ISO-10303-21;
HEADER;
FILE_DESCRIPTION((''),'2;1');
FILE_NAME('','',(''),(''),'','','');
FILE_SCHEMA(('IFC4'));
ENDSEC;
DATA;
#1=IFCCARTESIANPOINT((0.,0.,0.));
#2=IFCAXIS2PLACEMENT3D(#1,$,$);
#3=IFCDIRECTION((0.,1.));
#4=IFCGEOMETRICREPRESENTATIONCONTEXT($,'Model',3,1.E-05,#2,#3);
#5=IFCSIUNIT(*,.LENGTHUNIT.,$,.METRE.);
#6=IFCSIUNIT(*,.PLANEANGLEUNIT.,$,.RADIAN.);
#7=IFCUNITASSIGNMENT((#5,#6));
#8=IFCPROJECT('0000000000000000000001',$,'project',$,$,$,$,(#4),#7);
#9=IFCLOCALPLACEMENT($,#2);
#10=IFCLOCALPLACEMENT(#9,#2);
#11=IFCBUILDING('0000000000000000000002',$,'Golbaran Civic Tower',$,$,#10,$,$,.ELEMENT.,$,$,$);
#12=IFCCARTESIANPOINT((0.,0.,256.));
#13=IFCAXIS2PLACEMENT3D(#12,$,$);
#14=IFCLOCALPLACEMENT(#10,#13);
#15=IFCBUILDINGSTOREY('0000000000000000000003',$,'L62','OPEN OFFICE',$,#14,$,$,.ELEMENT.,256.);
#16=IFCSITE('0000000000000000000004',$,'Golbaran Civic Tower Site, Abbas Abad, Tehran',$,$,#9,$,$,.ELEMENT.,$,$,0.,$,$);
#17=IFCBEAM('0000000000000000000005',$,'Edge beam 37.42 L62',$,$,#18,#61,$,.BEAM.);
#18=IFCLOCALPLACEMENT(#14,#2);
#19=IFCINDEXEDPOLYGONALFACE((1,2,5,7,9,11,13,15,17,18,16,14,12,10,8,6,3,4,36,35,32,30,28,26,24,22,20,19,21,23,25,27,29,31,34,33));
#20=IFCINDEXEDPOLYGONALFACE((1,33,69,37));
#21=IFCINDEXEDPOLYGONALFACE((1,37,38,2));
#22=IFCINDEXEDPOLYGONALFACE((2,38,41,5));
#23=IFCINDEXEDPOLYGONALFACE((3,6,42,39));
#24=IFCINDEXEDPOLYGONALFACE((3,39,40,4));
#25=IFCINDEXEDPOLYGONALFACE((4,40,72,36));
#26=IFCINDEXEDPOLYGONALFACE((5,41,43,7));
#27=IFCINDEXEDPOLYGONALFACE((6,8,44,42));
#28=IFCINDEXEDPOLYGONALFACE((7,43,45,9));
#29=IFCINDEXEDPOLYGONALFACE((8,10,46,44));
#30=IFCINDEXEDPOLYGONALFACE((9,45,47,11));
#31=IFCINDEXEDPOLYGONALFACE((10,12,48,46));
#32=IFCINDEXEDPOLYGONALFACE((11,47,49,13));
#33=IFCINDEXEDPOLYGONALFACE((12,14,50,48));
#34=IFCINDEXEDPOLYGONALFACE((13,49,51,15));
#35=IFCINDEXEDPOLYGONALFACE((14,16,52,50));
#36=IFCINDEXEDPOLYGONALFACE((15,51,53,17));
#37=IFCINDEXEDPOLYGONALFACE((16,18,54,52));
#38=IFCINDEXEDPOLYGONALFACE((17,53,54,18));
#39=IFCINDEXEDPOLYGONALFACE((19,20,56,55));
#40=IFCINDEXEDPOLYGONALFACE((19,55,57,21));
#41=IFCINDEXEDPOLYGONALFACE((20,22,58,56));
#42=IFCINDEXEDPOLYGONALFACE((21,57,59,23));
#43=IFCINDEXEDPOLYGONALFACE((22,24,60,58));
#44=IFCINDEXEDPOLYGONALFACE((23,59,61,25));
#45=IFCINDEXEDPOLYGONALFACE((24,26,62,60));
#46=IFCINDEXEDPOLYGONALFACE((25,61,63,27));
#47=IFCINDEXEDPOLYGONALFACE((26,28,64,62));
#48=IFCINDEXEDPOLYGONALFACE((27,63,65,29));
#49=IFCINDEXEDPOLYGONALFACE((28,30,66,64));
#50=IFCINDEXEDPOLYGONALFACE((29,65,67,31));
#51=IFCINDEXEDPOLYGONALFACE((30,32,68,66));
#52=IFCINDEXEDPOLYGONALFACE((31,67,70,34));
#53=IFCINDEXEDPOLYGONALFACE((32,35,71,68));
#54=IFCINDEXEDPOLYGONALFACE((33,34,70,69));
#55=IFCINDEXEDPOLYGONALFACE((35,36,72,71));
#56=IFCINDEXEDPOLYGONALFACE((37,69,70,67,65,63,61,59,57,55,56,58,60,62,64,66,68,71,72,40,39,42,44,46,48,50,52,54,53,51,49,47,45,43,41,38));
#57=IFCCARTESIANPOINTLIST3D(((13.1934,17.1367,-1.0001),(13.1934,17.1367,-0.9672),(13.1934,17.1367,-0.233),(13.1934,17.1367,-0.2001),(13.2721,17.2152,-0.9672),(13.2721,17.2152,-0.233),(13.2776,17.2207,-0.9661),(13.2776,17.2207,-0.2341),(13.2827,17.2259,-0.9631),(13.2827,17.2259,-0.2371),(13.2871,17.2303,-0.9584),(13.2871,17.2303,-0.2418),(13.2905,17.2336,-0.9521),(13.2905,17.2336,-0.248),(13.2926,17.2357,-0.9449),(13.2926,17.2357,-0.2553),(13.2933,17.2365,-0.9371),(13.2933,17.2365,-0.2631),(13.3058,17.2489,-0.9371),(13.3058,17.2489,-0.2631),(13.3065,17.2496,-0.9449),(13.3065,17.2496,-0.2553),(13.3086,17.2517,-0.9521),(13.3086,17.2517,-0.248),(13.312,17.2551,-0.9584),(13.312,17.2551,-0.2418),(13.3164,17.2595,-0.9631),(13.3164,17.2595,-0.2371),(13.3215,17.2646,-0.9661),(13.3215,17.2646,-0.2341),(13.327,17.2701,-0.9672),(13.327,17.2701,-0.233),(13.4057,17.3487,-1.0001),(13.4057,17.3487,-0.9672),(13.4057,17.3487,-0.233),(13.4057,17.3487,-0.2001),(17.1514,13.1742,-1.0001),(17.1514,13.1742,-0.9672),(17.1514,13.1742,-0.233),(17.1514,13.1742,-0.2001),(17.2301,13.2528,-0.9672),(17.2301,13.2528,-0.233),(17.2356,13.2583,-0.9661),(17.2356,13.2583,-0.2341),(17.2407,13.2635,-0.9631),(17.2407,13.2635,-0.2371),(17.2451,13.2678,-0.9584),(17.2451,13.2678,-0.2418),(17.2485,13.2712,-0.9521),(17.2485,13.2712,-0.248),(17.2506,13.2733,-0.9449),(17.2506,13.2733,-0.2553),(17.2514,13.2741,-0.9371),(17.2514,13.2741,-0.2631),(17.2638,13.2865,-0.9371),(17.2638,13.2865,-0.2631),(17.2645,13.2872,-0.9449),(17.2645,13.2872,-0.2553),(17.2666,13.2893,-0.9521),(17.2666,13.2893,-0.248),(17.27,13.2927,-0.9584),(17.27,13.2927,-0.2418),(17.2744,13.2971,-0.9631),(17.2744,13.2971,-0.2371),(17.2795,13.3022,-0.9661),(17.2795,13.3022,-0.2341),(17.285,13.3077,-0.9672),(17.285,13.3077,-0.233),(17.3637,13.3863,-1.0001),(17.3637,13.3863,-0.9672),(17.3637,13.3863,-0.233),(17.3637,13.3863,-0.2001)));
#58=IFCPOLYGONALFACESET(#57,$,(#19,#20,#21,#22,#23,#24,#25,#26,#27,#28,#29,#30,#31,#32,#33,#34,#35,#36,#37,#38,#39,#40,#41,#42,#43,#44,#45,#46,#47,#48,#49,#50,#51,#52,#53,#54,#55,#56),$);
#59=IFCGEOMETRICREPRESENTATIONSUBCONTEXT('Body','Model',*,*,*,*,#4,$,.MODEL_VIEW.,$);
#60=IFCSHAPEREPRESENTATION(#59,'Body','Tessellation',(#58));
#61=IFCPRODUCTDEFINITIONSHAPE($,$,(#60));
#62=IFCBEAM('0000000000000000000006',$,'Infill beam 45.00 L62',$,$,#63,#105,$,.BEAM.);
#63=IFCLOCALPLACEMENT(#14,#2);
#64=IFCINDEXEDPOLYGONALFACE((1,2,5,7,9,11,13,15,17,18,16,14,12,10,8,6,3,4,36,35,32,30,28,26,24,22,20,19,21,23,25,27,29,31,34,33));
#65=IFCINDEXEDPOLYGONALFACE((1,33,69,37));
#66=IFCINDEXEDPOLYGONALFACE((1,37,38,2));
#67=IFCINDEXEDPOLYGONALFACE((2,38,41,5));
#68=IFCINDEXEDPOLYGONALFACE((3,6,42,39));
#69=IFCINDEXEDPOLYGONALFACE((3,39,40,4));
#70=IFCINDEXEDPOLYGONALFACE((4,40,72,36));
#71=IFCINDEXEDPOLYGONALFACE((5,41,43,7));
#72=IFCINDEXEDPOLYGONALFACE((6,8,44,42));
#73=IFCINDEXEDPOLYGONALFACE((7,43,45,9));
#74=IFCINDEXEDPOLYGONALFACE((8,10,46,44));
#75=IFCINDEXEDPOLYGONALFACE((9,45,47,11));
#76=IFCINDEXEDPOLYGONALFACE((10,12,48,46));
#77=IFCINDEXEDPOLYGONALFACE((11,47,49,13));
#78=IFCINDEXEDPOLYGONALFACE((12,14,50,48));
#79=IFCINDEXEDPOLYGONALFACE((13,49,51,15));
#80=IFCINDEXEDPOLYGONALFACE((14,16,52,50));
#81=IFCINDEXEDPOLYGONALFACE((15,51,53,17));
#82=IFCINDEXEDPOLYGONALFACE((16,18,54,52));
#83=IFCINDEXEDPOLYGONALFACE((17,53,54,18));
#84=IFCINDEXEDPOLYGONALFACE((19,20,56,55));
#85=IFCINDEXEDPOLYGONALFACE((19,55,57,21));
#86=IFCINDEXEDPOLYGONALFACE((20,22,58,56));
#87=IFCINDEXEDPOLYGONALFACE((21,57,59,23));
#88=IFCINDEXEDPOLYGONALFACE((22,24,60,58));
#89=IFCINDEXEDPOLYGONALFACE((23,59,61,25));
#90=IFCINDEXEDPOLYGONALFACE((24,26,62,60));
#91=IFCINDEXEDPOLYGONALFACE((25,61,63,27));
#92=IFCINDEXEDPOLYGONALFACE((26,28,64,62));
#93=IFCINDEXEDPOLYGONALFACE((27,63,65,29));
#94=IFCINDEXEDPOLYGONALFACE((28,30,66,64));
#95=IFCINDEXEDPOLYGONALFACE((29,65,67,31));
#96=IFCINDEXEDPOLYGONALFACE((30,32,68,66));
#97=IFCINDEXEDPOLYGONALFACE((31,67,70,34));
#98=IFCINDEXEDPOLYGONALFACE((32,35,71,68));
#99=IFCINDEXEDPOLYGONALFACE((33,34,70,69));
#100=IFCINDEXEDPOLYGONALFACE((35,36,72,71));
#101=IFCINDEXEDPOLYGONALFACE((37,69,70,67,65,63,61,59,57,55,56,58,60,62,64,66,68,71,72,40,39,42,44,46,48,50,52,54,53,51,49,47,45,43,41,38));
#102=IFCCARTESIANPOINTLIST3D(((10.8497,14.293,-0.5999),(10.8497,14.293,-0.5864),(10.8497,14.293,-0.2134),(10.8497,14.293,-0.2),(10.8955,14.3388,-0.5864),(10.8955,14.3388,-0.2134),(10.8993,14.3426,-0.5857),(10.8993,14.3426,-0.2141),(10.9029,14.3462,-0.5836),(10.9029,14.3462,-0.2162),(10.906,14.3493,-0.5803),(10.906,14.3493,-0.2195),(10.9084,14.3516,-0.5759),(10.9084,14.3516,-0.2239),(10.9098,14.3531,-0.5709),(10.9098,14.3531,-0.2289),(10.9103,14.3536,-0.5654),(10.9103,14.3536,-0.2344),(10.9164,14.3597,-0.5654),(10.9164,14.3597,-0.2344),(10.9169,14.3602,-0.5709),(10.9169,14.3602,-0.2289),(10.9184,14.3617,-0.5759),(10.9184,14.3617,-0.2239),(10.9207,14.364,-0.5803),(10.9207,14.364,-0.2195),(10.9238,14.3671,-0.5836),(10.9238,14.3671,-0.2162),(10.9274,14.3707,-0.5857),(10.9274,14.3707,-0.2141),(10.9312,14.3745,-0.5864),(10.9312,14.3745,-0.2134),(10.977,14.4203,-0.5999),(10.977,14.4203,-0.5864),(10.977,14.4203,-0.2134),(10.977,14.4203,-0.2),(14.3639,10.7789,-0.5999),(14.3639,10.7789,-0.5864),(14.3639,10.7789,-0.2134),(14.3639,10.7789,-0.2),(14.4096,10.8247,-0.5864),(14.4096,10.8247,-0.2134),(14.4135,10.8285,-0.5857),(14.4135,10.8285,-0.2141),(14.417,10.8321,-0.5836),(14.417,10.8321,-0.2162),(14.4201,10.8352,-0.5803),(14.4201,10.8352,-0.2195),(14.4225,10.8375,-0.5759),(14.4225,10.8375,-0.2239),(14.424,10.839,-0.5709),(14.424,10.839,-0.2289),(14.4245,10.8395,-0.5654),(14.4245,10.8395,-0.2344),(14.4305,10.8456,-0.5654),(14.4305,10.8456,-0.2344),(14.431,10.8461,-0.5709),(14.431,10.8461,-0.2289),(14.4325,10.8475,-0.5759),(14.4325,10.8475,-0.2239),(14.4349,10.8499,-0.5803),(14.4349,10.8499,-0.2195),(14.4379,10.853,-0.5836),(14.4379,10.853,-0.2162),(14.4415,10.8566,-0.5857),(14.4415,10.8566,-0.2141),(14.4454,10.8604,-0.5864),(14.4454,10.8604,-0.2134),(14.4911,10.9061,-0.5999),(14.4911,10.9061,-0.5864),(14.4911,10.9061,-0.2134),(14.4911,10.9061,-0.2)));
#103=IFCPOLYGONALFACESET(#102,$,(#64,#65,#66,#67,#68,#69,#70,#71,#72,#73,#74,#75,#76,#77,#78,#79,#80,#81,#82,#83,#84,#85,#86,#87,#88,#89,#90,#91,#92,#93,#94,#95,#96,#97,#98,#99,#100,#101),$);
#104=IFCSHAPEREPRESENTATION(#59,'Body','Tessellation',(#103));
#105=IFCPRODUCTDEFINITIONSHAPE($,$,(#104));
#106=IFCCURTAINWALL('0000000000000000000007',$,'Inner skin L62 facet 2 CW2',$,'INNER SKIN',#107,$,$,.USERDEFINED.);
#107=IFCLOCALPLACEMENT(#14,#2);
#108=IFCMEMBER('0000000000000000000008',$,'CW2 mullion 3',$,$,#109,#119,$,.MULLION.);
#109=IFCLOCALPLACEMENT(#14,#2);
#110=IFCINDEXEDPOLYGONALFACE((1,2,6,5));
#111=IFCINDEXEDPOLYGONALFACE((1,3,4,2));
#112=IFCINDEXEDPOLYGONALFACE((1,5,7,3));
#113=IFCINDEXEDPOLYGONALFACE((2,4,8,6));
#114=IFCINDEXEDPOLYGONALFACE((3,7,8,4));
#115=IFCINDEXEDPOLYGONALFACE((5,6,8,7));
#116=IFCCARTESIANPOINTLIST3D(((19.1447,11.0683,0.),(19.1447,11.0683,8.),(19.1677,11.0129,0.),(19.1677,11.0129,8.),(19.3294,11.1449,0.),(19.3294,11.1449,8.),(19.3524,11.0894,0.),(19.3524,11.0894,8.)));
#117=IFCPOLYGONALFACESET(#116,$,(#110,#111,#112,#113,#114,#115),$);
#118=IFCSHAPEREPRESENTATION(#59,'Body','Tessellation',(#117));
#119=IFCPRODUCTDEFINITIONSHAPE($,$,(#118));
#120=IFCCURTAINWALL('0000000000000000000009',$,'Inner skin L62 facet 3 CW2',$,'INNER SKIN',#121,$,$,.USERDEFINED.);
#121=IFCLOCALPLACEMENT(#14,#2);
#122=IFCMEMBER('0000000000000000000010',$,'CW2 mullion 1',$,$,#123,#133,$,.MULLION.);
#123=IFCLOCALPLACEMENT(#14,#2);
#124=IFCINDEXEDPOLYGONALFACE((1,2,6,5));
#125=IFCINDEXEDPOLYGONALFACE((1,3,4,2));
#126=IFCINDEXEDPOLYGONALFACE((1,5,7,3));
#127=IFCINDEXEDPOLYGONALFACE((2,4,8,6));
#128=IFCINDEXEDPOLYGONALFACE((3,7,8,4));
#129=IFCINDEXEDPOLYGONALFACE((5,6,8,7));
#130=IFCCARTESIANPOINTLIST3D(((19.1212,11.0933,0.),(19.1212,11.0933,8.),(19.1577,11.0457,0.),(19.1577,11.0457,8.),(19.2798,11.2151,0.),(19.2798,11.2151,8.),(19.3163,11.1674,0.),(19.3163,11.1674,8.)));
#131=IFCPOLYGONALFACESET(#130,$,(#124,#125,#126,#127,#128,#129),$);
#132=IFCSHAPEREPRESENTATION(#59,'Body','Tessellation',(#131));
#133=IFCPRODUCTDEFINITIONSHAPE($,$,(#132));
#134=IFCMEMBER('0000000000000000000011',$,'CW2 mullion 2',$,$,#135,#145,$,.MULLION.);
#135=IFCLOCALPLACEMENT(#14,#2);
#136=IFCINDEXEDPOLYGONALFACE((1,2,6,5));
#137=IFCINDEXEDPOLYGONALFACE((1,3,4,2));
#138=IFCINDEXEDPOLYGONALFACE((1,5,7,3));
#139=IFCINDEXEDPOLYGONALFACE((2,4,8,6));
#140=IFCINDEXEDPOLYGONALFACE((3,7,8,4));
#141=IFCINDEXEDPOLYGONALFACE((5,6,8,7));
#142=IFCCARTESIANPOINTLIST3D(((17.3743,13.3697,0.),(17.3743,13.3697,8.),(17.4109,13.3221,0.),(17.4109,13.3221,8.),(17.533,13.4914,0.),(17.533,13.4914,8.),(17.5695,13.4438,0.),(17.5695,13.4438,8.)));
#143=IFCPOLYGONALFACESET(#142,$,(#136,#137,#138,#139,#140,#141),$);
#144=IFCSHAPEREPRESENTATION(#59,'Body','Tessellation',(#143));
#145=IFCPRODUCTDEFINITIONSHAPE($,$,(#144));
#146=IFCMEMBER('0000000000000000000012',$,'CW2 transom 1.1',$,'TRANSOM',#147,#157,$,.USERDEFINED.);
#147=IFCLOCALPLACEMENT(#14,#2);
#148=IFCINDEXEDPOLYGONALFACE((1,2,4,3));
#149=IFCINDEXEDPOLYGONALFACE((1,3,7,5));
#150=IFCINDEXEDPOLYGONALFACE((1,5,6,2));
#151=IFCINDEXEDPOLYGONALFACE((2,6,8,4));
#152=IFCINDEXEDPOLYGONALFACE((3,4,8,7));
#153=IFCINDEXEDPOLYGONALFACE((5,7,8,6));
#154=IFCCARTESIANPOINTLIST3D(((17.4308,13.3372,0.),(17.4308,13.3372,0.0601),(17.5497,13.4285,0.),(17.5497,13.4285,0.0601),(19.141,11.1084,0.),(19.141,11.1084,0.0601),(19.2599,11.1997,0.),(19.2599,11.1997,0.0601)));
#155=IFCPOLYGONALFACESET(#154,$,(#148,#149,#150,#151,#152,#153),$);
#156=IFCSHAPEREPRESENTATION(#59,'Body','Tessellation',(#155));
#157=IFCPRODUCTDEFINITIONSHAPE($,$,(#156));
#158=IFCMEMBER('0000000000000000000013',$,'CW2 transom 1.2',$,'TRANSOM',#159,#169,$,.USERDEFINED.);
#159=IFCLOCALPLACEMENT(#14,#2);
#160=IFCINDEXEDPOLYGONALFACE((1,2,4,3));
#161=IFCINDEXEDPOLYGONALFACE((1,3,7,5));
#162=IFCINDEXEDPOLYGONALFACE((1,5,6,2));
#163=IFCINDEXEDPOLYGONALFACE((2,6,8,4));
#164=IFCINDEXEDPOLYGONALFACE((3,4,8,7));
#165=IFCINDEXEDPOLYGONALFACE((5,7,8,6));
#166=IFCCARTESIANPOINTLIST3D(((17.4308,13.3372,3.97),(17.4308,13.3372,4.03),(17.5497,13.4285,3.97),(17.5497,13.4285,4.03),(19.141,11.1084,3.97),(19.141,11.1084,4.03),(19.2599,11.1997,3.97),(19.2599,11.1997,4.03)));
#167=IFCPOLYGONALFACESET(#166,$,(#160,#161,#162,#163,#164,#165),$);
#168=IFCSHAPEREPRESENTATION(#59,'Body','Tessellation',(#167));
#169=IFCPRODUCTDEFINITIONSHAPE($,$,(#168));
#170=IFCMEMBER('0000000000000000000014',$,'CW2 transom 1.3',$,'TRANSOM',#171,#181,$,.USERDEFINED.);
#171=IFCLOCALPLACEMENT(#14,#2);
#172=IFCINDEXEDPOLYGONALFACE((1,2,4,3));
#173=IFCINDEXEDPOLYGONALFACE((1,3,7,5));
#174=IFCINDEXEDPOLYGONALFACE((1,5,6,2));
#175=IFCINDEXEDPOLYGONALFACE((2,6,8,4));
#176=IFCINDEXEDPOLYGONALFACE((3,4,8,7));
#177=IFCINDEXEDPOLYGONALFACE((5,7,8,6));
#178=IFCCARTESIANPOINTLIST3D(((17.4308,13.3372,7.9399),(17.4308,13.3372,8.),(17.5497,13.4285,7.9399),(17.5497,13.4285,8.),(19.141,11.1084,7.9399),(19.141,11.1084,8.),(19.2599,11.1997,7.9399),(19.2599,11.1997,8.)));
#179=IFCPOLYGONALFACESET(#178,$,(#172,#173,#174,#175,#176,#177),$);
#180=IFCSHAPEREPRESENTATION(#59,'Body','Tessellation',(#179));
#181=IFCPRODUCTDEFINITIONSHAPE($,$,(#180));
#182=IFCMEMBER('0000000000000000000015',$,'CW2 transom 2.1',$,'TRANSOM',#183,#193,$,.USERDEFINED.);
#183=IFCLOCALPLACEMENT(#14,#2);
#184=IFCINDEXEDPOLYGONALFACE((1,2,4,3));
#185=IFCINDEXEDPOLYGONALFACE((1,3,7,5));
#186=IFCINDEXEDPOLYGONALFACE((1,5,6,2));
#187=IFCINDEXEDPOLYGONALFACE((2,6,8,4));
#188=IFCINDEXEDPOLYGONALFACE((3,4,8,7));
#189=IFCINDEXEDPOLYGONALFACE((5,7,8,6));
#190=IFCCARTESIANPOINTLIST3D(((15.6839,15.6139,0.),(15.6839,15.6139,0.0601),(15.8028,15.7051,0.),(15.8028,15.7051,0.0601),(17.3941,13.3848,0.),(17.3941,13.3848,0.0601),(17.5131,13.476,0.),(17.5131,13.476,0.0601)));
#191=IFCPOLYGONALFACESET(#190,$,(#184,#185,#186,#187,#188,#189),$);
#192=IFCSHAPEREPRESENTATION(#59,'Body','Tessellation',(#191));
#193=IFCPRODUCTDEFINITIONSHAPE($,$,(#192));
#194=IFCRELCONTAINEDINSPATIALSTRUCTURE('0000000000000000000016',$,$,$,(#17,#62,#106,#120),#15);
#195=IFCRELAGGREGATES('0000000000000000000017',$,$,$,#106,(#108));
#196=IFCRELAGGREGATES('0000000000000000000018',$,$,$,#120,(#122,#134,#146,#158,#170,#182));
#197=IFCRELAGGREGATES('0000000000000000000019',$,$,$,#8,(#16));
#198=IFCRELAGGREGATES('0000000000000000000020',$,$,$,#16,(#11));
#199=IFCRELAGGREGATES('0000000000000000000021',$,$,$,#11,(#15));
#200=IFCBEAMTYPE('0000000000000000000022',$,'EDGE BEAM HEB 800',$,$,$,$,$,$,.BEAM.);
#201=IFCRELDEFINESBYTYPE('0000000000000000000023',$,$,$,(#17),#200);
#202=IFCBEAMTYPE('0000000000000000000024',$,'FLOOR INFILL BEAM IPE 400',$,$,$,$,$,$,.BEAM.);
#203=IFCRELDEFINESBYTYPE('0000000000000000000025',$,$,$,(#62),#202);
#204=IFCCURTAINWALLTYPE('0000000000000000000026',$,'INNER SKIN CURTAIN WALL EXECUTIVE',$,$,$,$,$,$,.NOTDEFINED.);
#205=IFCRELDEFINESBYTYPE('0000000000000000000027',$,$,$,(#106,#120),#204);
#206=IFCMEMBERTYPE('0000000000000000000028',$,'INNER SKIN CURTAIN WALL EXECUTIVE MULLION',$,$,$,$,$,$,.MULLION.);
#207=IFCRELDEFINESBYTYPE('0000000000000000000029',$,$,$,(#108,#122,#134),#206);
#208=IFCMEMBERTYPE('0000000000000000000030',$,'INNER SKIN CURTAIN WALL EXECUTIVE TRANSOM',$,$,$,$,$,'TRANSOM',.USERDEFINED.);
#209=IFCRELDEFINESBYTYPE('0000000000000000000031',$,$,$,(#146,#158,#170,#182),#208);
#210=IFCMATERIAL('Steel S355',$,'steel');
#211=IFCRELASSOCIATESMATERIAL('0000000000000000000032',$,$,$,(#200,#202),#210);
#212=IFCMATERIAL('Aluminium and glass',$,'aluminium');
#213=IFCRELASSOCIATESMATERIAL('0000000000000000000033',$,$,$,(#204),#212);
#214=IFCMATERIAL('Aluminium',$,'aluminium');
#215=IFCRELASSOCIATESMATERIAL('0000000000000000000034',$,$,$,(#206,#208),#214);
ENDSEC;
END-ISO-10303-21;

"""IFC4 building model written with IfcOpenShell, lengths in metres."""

from ifc_helpers import new_model, si_unit, direction, frame, origin, origin_2d, place, context, subcontext, project, spatial, rectangle, i_section, extrude, material, material_profile, profile_set, type_object, element, aggregate, save


model = new_model("IFC4")

# Units and contexts
model_context = context("Model", 3, precision=1e-05, world=origin(), true_north=direction((0.0, 1.0)))
body_context = subcontext(model_context, "Body", "Model", "MODEL_VIEW")
ifc_project = project(units=[si_unit("LENGTHUNIT", "METRE"), si_unit("PLANEANGLEUNIT", "RADIAN")], contexts=[model_context])

# Site, building, storey
site_placement = place(None, origin())
site = spatial("IfcSite", under=ifc_project, at=site_placement, Name="Golbaran Civic Tower Site, Abbas Abad, Tehran", CompositionType="ELEMENT", RefElevation=0.0)
building_placement = place(site_placement, origin())
building = spatial("IfcBuilding", under=site, at=building_placement, Name="Golbaran Civic Tower", CompositionType="ELEMENT")
storey_placement = place(building_placement, frame((0.0, 0.0, 256.0)))
storey = spatial("IfcBuildingStorey", under=building, at=storey_placement, Name="L62", Description="OPEN OFFICE", CompositionType="ELEMENT", Elevation=256.0)

# Beams
ifc_material_1 = material(Name="Steel S355", Category="steel")
ifc_material_profile_1 = material_profile(ifc_material_1, i_section(OverallWidth=0.3, OverallDepth=0.8, WebThickness=0.0176, FlangeThickness=0.033, FilletRadius=0.03, at=origin_2d()), Name="HEB 800")
ifc_profile_set_1 = profile_set([ifc_material_profile_1], Name="Steel S355")
beam_type_1 = type_object("IfcBeamType", Name="EDGE BEAM HEB 800", PredefinedType="BEAM", material=ifc_profile_set_1)
beam_1_placement = place(storey_placement, frame((17.2576, 13.2803, -0.6001), z_axis=(-0.706714, 0.707499, 0.0), x_axis=(-0.707499, -0.706714, 0.0)))
element("IfcBeam", 1, at=beam_1_placement, inside=storey, type_object=beam_type_1, Name="Edge beam 37.42 L62", PredefinedType="BEAM", context=body_context, shape_type="SweptSolid", body=[
    extrude(i_section(OverallWidth=0.3, OverallDepth=0.8, WebThickness=0.0176, FlangeThickness=0.033, FilletRadius=0.03, at=origin_2d()), origin(), (0.0, 0.0, 1.0), 5.6006),
])
ifc_material_profile_2 = material_profile(ifc_material_1, i_section(OverallWidth=0.1799, OverallDepth=0.3999, WebThickness=0.0085, FlangeThickness=0.0134, FilletRadius=0.021, at=origin_2d()), Name="IPE 400")
ifc_profile_set_2 = profile_set([ifc_material_profile_2], Name="Steel S355")
beam_type_2 = type_object("IfcBeamType", Name="FLOOR INFILL BEAM IPE 400", PredefinedType="BEAM", material=ifc_profile_set_2)
beam_2_placement = place(storey_placement, frame((14.4275, 10.8425, -0.3999), z_axis=(-0.707107, 0.707107, 0.0), x_axis=(-0.707107, -0.707107, 0.0)))
element("IfcBeam", 2, at=beam_2_placement, inside=storey, type_object=beam_type_2, Name="Infill beam 45.00 L62", PredefinedType="BEAM", context=body_context, shape_type="SweptSolid", body=[
    extrude(i_section(OverallWidth=0.1799, OverallDepth=0.3999, WebThickness=0.0085, FlangeThickness=0.0134, FilletRadius=0.021, at=origin_2d()), origin(), (0.0, 0.0, 1.0), 4.9697),
])

# Curtain wall, member
ifc_material_2 = material(Name="Aluminium and glass", Category="aluminium")
curtain_wall_type = type_object("IfcCurtainWallType", Name="INNER SKIN CURTAIN WALL EXECUTIVE", PredefinedType="NOTDEFINED", material=ifc_material_2)
curtain_wall_1_placement = place(storey_placement, origin())
curtain_wall_1 = element("IfcCurtainWall", 3, at=curtain_wall_1_placement, inside=storey, type_object=curtain_wall_type, Name="Inner skin L62 facet 2 CW2", ObjectType="INNER SKIN", PredefinedType="USERDEFINED")
ifc_material_3 = material(Name="Aluminium", Category="aluminium")
ifc_material_profile_3 = material_profile(ifc_material_3, rectangle(XDim=0.2, YDim=0.0601, at=origin_2d()), Name="INNER SKIN CURTAIN WALL EXECUTIVE MULLION")
ifc_profile_set_3 = profile_set([ifc_material_profile_3], Name="Aluminium")
member_type_1 = type_object("IfcMemberType", Name="INNER SKIN CURTAIN WALL EXECUTIVE MULLION", PredefinedType="MULLION", material=ifc_profile_set_3)
member_1_placement = place(storey_placement, frame((19.2485, 11.0789, 0.0), z_axis=(0.0, 0.0, 1.0), x_axis=(-0.92388, -0.382683, 0.0)))
member_1 = element("IfcMember", 4, at=member_1_placement, type_object=member_type_1, Name="CW2 mullion 3", PredefinedType="MULLION", context=body_context, shape_type="SweptSolid", body=[
    extrude(rectangle(XDim=0.2, YDim=0.0601, at=origin_2d()), origin(), (0.0, 0.0, 1.0), 8.0),
])

# Curtain wall, members
curtain_wall_2_placement = place(storey_placement, origin())
curtain_wall_2 = element("IfcCurtainWall", 5, at=curtain_wall_2_placement, inside=storey, type_object=curtain_wall_type, Name="Inner skin L62 facet 3 CW2", ObjectType="INNER SKIN", PredefinedType="USERDEFINED")
member_2_placement = place(storey_placement, frame((19.2188, 11.1304, 0.0), z_axis=(0.0, 0.0, 1.0), x_axis=(-0.793353, -0.608761, 0.0)))
member_2 = element("IfcMember", 6, at=member_2_placement, type_object=member_type_1, Name="CW2 mullion 1", PredefinedType="MULLION", context=body_context, shape_type="SweptSolid", body=[
    extrude(rectangle(XDim=0.2, YDim=0.0601, at=origin_2d()), origin(), (0.0, 0.0, 1.0), 8.0),
])
member_3_placement = place(storey_placement, frame((17.4719, 13.4067, 0.0), z_axis=(0.0, 0.0, 1.0), x_axis=(-0.793353, -0.608761, 0.0)))
member_3 = element("IfcMember", 7, at=member_3_placement, type_object=member_type_1, Name="CW2 mullion 2", PredefinedType="MULLION", context=body_context, shape_type="SweptSolid", body=[
    extrude(rectangle(XDim=0.2, YDim=0.0601, at=origin_2d()), origin(), (0.0, 0.0, 1.0), 8.0),
])
ifc_material_profile_4 = material_profile(ifc_material_3, rectangle(XDim=0.1499, YDim=0.0601, at=origin_2d()), Name="INNER SKIN CURTAIN WALL EXECUTIVE TRANSOM")
ifc_profile_set_4 = profile_set([ifc_material_profile_4], Name="Aluminium")
member_type_2 = type_object("IfcMemberType", Name="INNER SKIN CURTAIN WALL EXECUTIVE TRANSOM", ElementType="TRANSOM", PredefinedType="USERDEFINED", material=ifc_profile_set_4)
member_4_placement = place(storey_placement, frame((19.2004, 11.1541, 0.03), z_axis=(-0.608765, 0.79335, 0.0), x_axis=(-0.79335, -0.608765, 0.0)))
member_4 = element("IfcMember", 8, at=member_4_placement, type_object=member_type_2, Name="CW2 transom 1.1", ObjectType="TRANSOM", PredefinedType="USERDEFINED", context=body_context, shape_type="SweptSolid", body=[
    extrude(rectangle(XDim=0.1499, YDim=0.0601, at=origin_2d()), origin(), (0.0, 0.0, 1.0), 2.8093),
])
member_5_placement = place(storey_placement, frame((19.2004, 11.1541, 4.0), z_axis=(-0.608765, 0.79335, 0.0), x_axis=(-0.79335, -0.608765, 0.0)))
member_5 = element("IfcMember", 9, at=member_5_placement, type_object=member_type_2, Name="CW2 transom 1.2", ObjectType="TRANSOM", PredefinedType="USERDEFINED", context=body_context, shape_type="SweptSolid", body=[
    extrude(rectangle(XDim=0.1499, YDim=0.0601, at=origin_2d()), origin(), (0.0, 0.0, 1.0), 2.8093),
])
member_6_placement = place(storey_placement, frame((19.2004, 11.1541, 7.97), z_axis=(-0.608765, 0.79335, 0.0), x_axis=(-0.79335, -0.608765, 0.0)))
member_6 = element("IfcMember", 10, at=member_6_placement, type_object=member_type_2, Name="CW2 transom 1.3", ObjectType="TRANSOM", PredefinedType="USERDEFINED", context=body_context, shape_type="SweptSolid", body=[
    extrude(rectangle(XDim=0.1499, YDim=0.0601, at=origin_2d()), origin(), (0.0, 0.0, 1.0), 2.8093),
])
member_7_placement = place(storey_placement, frame((17.4536, 13.4304, 0.03), z_axis=(-0.608723, 0.793383, 0.0), x_axis=(-0.793383, -0.608723, 0.0)))
member_7 = element("IfcMember", 11, at=member_7_placement, type_object=member_type_2, Name="CW2 transom 2.1", ObjectType="TRANSOM", PredefinedType="USERDEFINED", context=body_context, shape_type="SweptSolid", body=[
    extrude(rectangle(XDim=0.1499, YDim=0.0601, at=origin_2d()), origin(), (0.0, 0.0, 1.0), 2.8096),
])

aggregate(curtain_wall_1, [member_1])
aggregate(curtain_wall_2, [member_2, member_3, member_4, member_5, member_6, member_7])

save(model, "model.ifc")
